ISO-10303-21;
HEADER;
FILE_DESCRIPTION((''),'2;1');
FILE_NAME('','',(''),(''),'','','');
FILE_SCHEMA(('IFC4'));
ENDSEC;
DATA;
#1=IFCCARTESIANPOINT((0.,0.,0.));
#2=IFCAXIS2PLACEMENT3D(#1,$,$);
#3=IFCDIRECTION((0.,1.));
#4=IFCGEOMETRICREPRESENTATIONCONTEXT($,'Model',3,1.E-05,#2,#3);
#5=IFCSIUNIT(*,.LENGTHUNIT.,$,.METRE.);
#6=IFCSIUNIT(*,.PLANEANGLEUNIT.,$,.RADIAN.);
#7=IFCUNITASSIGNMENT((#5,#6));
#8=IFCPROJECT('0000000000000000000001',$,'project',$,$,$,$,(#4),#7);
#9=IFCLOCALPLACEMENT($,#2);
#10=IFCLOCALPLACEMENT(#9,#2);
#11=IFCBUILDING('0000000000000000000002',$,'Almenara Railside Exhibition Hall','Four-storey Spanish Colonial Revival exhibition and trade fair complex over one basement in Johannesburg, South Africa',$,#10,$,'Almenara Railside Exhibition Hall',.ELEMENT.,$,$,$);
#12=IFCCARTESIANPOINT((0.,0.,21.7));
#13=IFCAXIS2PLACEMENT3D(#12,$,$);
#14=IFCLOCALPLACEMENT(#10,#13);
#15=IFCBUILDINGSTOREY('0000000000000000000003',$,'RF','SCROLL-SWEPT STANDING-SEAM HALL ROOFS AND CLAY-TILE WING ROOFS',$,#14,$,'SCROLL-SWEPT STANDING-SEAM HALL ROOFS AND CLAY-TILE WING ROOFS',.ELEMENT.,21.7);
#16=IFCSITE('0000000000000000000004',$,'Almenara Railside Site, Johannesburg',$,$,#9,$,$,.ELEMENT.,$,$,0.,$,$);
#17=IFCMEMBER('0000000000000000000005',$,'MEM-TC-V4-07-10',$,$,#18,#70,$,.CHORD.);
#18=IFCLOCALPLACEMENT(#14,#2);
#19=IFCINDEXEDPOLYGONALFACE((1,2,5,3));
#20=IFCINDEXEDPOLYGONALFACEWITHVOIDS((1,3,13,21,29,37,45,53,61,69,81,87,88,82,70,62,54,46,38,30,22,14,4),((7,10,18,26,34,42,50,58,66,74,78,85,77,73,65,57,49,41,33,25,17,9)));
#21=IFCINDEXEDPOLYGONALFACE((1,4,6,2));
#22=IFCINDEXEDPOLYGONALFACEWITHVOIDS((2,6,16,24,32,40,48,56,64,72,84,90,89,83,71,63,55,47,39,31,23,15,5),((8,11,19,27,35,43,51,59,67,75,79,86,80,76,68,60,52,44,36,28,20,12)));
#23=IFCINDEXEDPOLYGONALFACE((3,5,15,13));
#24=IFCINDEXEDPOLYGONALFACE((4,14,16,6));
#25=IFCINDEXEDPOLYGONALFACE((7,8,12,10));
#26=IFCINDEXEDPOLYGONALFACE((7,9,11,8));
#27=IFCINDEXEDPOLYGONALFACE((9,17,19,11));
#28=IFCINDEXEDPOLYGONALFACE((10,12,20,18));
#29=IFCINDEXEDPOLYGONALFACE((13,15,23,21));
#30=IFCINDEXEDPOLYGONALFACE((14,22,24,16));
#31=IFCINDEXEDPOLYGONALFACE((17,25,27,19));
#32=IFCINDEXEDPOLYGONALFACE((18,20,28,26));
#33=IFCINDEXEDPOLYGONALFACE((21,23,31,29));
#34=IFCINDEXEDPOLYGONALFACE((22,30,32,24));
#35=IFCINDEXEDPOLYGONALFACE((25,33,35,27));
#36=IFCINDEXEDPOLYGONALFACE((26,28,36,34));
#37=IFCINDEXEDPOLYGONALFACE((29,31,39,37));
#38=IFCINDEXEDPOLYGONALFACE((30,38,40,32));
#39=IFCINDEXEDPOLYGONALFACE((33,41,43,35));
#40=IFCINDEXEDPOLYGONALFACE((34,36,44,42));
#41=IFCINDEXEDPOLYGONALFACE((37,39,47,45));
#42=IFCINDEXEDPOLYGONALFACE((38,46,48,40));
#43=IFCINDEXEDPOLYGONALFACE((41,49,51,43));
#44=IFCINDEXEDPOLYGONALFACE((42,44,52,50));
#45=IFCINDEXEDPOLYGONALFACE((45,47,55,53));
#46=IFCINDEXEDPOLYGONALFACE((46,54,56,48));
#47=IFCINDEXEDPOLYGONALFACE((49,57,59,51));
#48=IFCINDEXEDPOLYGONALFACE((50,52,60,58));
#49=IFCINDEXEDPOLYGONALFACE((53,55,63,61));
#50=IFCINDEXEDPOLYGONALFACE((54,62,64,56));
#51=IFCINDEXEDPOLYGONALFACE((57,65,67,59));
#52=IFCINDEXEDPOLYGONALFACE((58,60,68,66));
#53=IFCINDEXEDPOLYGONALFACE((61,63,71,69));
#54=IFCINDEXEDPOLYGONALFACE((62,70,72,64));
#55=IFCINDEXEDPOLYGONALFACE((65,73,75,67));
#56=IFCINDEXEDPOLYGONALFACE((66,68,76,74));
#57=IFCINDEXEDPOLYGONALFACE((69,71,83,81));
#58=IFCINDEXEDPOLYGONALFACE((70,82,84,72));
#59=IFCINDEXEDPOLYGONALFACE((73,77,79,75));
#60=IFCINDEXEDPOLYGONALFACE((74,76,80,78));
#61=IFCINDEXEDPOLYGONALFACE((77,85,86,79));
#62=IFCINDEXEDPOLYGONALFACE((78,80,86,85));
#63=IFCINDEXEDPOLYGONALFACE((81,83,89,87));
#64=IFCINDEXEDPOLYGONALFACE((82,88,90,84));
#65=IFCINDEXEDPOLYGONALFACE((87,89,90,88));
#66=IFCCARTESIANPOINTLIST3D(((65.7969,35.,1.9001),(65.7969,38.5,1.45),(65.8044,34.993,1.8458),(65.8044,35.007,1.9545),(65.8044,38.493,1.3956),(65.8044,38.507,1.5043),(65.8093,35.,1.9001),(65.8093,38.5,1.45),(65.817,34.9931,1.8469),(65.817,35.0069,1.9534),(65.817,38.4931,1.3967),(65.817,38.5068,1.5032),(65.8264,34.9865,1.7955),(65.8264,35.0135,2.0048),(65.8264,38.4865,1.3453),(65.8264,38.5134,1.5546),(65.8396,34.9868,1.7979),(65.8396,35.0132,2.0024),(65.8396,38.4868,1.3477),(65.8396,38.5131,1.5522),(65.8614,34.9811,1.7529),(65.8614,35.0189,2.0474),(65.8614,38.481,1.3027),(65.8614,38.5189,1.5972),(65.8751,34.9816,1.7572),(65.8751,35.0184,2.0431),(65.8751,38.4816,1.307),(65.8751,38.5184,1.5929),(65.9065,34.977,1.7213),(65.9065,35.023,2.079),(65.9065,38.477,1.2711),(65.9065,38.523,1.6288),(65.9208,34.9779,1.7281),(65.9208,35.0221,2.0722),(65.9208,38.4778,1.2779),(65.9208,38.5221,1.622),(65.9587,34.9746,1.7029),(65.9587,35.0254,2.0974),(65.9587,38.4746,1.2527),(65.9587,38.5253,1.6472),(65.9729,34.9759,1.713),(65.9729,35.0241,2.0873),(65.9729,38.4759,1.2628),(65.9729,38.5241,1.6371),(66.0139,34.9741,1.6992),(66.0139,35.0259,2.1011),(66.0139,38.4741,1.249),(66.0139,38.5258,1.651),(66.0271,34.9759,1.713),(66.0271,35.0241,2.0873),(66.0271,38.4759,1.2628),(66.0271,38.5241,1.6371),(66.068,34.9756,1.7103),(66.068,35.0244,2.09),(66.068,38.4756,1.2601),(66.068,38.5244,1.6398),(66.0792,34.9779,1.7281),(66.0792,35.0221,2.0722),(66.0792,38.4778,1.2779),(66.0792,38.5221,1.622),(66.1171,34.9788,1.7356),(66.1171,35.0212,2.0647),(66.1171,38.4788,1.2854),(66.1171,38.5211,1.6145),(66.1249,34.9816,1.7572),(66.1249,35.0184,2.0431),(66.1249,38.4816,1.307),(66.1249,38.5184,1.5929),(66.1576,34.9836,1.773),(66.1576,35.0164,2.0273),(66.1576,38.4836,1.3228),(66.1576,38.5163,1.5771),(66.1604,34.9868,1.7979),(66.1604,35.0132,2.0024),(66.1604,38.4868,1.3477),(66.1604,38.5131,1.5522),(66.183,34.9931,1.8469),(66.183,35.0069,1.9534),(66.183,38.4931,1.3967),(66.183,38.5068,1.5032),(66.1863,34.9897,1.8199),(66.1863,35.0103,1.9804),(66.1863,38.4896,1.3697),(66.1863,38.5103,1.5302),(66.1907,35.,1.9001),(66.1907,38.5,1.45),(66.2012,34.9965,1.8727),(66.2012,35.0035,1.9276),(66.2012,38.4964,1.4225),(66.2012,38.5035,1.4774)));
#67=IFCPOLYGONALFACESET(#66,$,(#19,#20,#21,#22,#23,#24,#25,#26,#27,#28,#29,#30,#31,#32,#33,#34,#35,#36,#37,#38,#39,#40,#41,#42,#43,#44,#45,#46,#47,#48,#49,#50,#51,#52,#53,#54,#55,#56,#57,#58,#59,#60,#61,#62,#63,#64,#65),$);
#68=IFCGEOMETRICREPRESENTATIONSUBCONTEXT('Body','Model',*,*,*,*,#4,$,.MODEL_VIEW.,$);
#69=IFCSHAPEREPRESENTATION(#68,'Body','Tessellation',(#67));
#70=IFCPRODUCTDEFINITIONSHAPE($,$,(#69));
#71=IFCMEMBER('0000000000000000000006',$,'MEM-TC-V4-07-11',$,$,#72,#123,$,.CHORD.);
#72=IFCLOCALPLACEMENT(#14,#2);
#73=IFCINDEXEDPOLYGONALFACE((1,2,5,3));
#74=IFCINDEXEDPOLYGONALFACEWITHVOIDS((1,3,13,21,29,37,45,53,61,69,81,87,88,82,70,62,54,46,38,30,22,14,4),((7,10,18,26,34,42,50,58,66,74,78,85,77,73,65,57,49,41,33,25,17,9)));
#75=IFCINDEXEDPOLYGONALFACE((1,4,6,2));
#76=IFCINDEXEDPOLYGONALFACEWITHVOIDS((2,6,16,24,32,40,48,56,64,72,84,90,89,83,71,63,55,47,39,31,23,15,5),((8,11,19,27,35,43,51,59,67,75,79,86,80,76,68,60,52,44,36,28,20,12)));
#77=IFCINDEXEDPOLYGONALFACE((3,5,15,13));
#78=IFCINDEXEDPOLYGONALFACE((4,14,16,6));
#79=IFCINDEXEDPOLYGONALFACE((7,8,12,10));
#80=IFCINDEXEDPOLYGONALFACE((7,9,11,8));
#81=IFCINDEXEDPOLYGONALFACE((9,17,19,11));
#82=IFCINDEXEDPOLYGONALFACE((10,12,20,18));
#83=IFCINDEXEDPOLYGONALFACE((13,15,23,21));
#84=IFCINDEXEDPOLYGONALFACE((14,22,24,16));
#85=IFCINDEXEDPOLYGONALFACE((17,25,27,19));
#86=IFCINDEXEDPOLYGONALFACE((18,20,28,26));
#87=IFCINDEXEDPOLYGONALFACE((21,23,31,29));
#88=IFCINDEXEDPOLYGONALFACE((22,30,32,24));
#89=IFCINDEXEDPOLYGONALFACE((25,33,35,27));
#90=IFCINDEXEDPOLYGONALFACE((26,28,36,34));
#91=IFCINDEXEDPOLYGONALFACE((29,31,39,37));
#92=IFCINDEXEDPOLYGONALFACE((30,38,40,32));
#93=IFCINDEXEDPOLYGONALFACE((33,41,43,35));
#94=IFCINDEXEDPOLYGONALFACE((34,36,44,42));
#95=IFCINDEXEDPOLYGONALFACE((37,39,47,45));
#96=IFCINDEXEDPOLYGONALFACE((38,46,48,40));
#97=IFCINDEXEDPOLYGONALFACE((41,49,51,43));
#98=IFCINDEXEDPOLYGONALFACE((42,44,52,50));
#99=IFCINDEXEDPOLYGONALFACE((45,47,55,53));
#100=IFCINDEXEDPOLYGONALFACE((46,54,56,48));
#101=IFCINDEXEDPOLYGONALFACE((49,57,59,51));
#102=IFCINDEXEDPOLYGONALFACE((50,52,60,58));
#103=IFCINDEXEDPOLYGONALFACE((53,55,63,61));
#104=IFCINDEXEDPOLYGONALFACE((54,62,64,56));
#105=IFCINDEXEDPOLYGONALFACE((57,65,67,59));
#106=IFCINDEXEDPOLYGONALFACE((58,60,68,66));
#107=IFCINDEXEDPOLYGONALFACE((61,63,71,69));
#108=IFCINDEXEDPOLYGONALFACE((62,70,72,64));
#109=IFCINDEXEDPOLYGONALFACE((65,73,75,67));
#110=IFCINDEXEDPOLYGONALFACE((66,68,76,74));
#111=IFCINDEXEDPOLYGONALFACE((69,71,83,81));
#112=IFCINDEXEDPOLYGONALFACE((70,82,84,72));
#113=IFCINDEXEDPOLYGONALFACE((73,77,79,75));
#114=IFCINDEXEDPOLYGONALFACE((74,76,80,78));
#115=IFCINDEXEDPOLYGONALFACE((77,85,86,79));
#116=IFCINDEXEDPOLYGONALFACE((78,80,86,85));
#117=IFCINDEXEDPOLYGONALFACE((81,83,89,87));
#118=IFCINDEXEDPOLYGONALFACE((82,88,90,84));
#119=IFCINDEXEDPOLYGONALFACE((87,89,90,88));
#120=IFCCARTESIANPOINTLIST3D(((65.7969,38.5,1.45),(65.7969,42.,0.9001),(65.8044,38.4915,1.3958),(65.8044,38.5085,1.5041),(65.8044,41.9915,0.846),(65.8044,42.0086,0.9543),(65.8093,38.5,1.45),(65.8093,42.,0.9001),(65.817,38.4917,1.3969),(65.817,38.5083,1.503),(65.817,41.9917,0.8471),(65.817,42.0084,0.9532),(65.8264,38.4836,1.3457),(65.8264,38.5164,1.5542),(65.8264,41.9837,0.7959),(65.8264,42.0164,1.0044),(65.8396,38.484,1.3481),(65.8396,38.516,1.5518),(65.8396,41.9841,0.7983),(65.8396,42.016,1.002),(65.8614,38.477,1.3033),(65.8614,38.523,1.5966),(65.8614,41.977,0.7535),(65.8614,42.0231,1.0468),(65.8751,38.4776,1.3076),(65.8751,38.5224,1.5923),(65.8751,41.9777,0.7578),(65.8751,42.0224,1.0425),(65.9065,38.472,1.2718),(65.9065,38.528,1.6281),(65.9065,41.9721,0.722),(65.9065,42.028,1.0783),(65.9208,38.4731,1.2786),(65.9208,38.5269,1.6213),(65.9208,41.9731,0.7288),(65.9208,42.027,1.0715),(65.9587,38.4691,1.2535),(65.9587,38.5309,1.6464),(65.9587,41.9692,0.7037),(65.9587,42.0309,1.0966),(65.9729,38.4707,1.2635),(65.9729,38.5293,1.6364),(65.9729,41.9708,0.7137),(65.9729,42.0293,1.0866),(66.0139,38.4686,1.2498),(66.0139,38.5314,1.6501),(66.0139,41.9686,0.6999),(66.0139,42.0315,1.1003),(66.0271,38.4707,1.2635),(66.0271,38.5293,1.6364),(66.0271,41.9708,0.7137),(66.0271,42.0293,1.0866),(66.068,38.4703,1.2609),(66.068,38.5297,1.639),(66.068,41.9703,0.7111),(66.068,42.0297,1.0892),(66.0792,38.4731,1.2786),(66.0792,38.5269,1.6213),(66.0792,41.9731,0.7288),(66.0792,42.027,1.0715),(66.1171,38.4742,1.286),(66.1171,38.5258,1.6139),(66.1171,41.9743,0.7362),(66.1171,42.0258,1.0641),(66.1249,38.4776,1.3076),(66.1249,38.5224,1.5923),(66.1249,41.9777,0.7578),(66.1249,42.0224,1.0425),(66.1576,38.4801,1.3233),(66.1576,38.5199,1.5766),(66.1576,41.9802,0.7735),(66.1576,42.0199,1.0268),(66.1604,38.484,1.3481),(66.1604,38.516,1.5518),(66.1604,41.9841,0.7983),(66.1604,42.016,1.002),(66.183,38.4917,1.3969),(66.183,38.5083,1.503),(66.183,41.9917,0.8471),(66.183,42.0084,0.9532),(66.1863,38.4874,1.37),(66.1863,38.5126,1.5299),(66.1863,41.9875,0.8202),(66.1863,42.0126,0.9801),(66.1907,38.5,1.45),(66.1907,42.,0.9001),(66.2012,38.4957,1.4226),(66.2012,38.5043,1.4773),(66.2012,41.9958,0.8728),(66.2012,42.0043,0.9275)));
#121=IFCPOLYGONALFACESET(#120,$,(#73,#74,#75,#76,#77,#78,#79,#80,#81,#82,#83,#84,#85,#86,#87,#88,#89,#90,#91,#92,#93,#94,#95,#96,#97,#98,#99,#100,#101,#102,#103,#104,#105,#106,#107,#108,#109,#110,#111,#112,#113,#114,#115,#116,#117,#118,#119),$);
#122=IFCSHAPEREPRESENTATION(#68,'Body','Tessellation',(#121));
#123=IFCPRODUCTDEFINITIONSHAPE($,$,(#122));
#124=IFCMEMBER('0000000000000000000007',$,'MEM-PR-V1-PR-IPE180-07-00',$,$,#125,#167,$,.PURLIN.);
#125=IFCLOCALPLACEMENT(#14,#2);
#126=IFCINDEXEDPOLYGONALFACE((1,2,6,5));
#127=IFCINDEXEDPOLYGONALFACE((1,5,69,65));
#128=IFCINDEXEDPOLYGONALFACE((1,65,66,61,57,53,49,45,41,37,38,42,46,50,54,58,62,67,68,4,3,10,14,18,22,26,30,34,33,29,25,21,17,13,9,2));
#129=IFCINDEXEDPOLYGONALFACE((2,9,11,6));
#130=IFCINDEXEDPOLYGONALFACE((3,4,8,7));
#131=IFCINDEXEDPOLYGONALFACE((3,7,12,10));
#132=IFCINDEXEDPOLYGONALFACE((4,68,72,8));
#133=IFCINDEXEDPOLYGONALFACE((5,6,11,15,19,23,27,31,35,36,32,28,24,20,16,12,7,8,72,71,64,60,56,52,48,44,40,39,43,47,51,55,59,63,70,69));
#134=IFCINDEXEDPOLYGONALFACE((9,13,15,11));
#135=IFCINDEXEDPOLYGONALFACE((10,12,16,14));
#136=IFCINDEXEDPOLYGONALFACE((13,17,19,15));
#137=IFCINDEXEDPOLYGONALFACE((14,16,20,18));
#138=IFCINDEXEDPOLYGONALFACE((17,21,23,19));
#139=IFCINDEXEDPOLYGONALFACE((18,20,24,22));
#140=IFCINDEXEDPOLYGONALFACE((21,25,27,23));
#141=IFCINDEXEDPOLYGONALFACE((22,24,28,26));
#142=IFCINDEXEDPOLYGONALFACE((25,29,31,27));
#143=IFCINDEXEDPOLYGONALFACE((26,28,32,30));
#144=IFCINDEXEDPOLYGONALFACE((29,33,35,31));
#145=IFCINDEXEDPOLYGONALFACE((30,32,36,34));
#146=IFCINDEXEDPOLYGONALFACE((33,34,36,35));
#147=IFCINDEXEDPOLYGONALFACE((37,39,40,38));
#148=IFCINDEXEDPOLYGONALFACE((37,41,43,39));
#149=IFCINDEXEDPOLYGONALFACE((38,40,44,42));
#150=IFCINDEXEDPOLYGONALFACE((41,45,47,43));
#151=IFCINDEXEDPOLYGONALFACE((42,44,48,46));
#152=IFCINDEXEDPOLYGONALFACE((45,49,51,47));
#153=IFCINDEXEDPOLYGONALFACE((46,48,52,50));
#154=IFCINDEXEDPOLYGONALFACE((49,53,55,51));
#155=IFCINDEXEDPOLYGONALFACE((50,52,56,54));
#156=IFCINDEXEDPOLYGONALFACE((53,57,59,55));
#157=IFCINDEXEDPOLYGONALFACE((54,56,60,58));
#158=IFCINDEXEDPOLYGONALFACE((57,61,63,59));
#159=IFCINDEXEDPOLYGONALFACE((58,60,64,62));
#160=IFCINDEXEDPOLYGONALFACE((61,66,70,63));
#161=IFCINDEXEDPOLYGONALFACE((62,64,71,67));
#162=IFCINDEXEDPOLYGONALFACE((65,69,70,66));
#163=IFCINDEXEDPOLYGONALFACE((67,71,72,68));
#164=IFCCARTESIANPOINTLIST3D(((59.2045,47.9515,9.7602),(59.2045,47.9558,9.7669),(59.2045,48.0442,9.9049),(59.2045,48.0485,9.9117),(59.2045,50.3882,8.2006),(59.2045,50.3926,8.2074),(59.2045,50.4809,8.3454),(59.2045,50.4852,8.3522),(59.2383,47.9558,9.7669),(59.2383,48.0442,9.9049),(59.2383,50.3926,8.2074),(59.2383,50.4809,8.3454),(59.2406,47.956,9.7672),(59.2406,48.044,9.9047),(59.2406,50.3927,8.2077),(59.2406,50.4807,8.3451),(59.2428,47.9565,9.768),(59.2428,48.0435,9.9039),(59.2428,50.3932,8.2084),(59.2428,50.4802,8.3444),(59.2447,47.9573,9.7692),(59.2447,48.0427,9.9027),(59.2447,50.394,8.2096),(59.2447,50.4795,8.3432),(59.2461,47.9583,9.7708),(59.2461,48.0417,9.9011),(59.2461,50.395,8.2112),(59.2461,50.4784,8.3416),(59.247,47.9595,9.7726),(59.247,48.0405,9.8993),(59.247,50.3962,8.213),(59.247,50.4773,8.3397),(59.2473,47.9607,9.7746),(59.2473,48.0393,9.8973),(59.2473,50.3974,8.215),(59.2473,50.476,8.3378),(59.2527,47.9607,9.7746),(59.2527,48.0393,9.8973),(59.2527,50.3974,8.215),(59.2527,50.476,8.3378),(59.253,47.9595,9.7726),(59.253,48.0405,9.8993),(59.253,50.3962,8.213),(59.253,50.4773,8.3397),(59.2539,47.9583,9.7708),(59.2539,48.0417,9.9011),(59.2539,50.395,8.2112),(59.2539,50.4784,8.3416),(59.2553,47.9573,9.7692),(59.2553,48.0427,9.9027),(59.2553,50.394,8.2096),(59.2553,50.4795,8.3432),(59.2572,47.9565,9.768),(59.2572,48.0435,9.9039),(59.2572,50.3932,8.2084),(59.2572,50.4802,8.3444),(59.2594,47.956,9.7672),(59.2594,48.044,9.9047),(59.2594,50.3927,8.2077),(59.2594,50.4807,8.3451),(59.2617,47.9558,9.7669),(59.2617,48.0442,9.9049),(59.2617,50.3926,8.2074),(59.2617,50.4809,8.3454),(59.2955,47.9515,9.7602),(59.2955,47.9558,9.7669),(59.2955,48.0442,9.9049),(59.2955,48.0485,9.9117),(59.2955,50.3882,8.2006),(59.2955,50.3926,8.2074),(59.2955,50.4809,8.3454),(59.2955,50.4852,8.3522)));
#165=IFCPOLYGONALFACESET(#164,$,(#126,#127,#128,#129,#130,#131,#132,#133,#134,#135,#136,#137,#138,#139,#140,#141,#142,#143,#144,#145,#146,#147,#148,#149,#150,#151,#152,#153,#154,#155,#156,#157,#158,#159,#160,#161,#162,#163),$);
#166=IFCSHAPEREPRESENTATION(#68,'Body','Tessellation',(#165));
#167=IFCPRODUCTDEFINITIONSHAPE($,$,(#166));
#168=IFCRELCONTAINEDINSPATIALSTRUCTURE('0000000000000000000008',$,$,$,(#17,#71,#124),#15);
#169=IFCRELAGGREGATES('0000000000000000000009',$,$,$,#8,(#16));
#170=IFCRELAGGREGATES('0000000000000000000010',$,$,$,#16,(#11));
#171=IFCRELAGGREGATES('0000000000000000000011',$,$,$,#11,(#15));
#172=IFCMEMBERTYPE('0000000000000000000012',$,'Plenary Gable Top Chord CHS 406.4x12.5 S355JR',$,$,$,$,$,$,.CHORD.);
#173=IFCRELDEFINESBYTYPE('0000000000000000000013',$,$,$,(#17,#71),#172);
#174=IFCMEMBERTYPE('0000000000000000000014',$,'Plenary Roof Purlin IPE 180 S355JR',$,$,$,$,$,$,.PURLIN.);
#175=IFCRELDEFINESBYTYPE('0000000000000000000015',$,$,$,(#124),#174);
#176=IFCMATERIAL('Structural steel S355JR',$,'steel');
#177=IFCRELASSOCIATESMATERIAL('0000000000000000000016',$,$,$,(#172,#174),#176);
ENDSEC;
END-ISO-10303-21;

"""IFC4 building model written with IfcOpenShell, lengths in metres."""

from ifc_helpers import new_model, si_unit, direction, frame, origin, origin_2d, place, context, subcontext, project, spatial, hollow_circle, i_section, extrude, material, material_profile, profile_set, type_object, element, save


model = new_model("IFC4")

# Units and contexts
model_context = context("Model", 3, precision=1e-05, world=origin(), true_north=direction((0.0, 1.0)))
body_context = subcontext(model_context, "Body", "Model", "MODEL_VIEW")
ifc_project = project(units=[si_unit("LENGTHUNIT", "METRE"), si_unit("PLANEANGLEUNIT", "RADIAN")], contexts=[model_context])

# Site, building, storey
site_placement = place(None, origin())
site = spatial("IfcSite", under=ifc_project, at=site_placement, Name="Almenara Railside Site, Johannesburg", CompositionType="ELEMENT", RefElevation=0.0)
building_placement = place(site_placement, origin())
building = spatial("IfcBuilding", under=site, at=building_placement, Name="Almenara Railside Exhibition Hall", Description="Four-storey Spanish Colonial Revival exhibition and trade fair complex over one basement in Johannesburg, South Africa", LongName="Almenara Railside Exhibition Hall", CompositionType="ELEMENT")
storey_placement = place(building_placement, frame((0.0, 0.0, 21.7)))
storey = spatial("IfcBuildingStorey", under=building, at=storey_placement, Name="RF", Description="SCROLL-SWEPT STANDING-SEAM HALL ROOFS AND CLAY-TILE WING ROOFS", LongName="SCROLL-SWEPT STANDING-SEAM HALL ROOFS AND CLAY-TILE WING ROOFS", CompositionType="ELEMENT", Elevation=21.7)

# Shared definitions
ifc_material_1 = material(Name="Structural steel S355JR", Category="steel")

# Members
ifc_material_profile_1 = material_profile(ifc_material_1, hollow_circle(Radius=0.2031, WallThickness=0.0125, at=origin_2d()), Name="CHS 406.4x12.5")
ifc_profile_set_1 = profile_set([ifc_material_profile_1], Name="Structural steel S355JR")
member_type_1 = type_object("IfcMemberType", Name="Plenary Gable Top Chord CHS 406.4x12.5 S355JR", PredefinedType="CHORD", material=ifc_profile_set_1)
member_1_placement = place(storey_placement, frame((66.0, 35.0, 1.9001), z_axis=(0.0, 0.991829, -0.127576), x_axis=(-1.0, 0.0, 0.0)))
element("IfcMember", 1, at=member_1_placement, inside=storey, type_object=member_type_1, Name="MEM-TC-V4-07-10", PredefinedType="CHORD", context=body_context, shape_type="SweptSolid", body=[
    extrude(hollow_circle(Radius=0.2031, WallThickness=0.0125, at=origin_2d()), origin(), (0.0, 0.0, 1.0), 3.5288),
])
member_2_placement = place(storey_placement, frame((66.0, 38.5, 1.45), z_axis=(0.0, 0.987886, -0.155184), x_axis=(-1.0, 0.0, 0.0)))
element("IfcMember", 2, at=member_2_placement, inside=storey, type_object=member_type_1, Name="MEM-TC-V4-07-11", PredefinedType="CHORD", context=body_context, shape_type="SweptSolid", body=[
    extrude(hollow_circle(Radius=0.2031, WallThickness=0.0125, at=origin_2d()), origin(), (0.0, 0.0, 1.0), 3.543),
])
ifc_material_profile_2 = material_profile(ifc_material_1, i_section(OverallWidth=0.0911, OverallDepth=0.1799, WebThickness=0.0054, FlangeThickness=0.0081, FilletRadius=0.009, at=origin_2d()), Name="IPE 180")
ifc_profile_set_2 = profile_set([ifc_material_profile_2], Name="Structural steel S355JR")
member_type_2 = type_object("IfcMemberType", Name="Plenary Roof Purlin IPE 180 S355JR", PredefinedType="PURLIN", material=ifc_profile_set_2)
member_3_placement = place(storey_placement, frame((59.25, 48.0, 9.8359), z_axis=(0.0, 0.842265, -0.539063), x_axis=(-1.0, 0.0, 0.0)))
element("IfcMember", 3, at=member_3_placement, inside=storey, type_object=member_type_2, Name="MEM-PR-V1-PR-IPE180-07-00", PredefinedType="PURLIN", context=body_context, shape_type="SweptSolid", body=[
    extrude(i_section(OverallWidth=0.0911, OverallDepth=0.1799, WebThickness=0.0054, FlangeThickness=0.0081, FilletRadius=0.009, at=origin_2d()), origin(), (0.0, 0.0, 1.0), 2.8931),
])

save(model, "model.ifc")
